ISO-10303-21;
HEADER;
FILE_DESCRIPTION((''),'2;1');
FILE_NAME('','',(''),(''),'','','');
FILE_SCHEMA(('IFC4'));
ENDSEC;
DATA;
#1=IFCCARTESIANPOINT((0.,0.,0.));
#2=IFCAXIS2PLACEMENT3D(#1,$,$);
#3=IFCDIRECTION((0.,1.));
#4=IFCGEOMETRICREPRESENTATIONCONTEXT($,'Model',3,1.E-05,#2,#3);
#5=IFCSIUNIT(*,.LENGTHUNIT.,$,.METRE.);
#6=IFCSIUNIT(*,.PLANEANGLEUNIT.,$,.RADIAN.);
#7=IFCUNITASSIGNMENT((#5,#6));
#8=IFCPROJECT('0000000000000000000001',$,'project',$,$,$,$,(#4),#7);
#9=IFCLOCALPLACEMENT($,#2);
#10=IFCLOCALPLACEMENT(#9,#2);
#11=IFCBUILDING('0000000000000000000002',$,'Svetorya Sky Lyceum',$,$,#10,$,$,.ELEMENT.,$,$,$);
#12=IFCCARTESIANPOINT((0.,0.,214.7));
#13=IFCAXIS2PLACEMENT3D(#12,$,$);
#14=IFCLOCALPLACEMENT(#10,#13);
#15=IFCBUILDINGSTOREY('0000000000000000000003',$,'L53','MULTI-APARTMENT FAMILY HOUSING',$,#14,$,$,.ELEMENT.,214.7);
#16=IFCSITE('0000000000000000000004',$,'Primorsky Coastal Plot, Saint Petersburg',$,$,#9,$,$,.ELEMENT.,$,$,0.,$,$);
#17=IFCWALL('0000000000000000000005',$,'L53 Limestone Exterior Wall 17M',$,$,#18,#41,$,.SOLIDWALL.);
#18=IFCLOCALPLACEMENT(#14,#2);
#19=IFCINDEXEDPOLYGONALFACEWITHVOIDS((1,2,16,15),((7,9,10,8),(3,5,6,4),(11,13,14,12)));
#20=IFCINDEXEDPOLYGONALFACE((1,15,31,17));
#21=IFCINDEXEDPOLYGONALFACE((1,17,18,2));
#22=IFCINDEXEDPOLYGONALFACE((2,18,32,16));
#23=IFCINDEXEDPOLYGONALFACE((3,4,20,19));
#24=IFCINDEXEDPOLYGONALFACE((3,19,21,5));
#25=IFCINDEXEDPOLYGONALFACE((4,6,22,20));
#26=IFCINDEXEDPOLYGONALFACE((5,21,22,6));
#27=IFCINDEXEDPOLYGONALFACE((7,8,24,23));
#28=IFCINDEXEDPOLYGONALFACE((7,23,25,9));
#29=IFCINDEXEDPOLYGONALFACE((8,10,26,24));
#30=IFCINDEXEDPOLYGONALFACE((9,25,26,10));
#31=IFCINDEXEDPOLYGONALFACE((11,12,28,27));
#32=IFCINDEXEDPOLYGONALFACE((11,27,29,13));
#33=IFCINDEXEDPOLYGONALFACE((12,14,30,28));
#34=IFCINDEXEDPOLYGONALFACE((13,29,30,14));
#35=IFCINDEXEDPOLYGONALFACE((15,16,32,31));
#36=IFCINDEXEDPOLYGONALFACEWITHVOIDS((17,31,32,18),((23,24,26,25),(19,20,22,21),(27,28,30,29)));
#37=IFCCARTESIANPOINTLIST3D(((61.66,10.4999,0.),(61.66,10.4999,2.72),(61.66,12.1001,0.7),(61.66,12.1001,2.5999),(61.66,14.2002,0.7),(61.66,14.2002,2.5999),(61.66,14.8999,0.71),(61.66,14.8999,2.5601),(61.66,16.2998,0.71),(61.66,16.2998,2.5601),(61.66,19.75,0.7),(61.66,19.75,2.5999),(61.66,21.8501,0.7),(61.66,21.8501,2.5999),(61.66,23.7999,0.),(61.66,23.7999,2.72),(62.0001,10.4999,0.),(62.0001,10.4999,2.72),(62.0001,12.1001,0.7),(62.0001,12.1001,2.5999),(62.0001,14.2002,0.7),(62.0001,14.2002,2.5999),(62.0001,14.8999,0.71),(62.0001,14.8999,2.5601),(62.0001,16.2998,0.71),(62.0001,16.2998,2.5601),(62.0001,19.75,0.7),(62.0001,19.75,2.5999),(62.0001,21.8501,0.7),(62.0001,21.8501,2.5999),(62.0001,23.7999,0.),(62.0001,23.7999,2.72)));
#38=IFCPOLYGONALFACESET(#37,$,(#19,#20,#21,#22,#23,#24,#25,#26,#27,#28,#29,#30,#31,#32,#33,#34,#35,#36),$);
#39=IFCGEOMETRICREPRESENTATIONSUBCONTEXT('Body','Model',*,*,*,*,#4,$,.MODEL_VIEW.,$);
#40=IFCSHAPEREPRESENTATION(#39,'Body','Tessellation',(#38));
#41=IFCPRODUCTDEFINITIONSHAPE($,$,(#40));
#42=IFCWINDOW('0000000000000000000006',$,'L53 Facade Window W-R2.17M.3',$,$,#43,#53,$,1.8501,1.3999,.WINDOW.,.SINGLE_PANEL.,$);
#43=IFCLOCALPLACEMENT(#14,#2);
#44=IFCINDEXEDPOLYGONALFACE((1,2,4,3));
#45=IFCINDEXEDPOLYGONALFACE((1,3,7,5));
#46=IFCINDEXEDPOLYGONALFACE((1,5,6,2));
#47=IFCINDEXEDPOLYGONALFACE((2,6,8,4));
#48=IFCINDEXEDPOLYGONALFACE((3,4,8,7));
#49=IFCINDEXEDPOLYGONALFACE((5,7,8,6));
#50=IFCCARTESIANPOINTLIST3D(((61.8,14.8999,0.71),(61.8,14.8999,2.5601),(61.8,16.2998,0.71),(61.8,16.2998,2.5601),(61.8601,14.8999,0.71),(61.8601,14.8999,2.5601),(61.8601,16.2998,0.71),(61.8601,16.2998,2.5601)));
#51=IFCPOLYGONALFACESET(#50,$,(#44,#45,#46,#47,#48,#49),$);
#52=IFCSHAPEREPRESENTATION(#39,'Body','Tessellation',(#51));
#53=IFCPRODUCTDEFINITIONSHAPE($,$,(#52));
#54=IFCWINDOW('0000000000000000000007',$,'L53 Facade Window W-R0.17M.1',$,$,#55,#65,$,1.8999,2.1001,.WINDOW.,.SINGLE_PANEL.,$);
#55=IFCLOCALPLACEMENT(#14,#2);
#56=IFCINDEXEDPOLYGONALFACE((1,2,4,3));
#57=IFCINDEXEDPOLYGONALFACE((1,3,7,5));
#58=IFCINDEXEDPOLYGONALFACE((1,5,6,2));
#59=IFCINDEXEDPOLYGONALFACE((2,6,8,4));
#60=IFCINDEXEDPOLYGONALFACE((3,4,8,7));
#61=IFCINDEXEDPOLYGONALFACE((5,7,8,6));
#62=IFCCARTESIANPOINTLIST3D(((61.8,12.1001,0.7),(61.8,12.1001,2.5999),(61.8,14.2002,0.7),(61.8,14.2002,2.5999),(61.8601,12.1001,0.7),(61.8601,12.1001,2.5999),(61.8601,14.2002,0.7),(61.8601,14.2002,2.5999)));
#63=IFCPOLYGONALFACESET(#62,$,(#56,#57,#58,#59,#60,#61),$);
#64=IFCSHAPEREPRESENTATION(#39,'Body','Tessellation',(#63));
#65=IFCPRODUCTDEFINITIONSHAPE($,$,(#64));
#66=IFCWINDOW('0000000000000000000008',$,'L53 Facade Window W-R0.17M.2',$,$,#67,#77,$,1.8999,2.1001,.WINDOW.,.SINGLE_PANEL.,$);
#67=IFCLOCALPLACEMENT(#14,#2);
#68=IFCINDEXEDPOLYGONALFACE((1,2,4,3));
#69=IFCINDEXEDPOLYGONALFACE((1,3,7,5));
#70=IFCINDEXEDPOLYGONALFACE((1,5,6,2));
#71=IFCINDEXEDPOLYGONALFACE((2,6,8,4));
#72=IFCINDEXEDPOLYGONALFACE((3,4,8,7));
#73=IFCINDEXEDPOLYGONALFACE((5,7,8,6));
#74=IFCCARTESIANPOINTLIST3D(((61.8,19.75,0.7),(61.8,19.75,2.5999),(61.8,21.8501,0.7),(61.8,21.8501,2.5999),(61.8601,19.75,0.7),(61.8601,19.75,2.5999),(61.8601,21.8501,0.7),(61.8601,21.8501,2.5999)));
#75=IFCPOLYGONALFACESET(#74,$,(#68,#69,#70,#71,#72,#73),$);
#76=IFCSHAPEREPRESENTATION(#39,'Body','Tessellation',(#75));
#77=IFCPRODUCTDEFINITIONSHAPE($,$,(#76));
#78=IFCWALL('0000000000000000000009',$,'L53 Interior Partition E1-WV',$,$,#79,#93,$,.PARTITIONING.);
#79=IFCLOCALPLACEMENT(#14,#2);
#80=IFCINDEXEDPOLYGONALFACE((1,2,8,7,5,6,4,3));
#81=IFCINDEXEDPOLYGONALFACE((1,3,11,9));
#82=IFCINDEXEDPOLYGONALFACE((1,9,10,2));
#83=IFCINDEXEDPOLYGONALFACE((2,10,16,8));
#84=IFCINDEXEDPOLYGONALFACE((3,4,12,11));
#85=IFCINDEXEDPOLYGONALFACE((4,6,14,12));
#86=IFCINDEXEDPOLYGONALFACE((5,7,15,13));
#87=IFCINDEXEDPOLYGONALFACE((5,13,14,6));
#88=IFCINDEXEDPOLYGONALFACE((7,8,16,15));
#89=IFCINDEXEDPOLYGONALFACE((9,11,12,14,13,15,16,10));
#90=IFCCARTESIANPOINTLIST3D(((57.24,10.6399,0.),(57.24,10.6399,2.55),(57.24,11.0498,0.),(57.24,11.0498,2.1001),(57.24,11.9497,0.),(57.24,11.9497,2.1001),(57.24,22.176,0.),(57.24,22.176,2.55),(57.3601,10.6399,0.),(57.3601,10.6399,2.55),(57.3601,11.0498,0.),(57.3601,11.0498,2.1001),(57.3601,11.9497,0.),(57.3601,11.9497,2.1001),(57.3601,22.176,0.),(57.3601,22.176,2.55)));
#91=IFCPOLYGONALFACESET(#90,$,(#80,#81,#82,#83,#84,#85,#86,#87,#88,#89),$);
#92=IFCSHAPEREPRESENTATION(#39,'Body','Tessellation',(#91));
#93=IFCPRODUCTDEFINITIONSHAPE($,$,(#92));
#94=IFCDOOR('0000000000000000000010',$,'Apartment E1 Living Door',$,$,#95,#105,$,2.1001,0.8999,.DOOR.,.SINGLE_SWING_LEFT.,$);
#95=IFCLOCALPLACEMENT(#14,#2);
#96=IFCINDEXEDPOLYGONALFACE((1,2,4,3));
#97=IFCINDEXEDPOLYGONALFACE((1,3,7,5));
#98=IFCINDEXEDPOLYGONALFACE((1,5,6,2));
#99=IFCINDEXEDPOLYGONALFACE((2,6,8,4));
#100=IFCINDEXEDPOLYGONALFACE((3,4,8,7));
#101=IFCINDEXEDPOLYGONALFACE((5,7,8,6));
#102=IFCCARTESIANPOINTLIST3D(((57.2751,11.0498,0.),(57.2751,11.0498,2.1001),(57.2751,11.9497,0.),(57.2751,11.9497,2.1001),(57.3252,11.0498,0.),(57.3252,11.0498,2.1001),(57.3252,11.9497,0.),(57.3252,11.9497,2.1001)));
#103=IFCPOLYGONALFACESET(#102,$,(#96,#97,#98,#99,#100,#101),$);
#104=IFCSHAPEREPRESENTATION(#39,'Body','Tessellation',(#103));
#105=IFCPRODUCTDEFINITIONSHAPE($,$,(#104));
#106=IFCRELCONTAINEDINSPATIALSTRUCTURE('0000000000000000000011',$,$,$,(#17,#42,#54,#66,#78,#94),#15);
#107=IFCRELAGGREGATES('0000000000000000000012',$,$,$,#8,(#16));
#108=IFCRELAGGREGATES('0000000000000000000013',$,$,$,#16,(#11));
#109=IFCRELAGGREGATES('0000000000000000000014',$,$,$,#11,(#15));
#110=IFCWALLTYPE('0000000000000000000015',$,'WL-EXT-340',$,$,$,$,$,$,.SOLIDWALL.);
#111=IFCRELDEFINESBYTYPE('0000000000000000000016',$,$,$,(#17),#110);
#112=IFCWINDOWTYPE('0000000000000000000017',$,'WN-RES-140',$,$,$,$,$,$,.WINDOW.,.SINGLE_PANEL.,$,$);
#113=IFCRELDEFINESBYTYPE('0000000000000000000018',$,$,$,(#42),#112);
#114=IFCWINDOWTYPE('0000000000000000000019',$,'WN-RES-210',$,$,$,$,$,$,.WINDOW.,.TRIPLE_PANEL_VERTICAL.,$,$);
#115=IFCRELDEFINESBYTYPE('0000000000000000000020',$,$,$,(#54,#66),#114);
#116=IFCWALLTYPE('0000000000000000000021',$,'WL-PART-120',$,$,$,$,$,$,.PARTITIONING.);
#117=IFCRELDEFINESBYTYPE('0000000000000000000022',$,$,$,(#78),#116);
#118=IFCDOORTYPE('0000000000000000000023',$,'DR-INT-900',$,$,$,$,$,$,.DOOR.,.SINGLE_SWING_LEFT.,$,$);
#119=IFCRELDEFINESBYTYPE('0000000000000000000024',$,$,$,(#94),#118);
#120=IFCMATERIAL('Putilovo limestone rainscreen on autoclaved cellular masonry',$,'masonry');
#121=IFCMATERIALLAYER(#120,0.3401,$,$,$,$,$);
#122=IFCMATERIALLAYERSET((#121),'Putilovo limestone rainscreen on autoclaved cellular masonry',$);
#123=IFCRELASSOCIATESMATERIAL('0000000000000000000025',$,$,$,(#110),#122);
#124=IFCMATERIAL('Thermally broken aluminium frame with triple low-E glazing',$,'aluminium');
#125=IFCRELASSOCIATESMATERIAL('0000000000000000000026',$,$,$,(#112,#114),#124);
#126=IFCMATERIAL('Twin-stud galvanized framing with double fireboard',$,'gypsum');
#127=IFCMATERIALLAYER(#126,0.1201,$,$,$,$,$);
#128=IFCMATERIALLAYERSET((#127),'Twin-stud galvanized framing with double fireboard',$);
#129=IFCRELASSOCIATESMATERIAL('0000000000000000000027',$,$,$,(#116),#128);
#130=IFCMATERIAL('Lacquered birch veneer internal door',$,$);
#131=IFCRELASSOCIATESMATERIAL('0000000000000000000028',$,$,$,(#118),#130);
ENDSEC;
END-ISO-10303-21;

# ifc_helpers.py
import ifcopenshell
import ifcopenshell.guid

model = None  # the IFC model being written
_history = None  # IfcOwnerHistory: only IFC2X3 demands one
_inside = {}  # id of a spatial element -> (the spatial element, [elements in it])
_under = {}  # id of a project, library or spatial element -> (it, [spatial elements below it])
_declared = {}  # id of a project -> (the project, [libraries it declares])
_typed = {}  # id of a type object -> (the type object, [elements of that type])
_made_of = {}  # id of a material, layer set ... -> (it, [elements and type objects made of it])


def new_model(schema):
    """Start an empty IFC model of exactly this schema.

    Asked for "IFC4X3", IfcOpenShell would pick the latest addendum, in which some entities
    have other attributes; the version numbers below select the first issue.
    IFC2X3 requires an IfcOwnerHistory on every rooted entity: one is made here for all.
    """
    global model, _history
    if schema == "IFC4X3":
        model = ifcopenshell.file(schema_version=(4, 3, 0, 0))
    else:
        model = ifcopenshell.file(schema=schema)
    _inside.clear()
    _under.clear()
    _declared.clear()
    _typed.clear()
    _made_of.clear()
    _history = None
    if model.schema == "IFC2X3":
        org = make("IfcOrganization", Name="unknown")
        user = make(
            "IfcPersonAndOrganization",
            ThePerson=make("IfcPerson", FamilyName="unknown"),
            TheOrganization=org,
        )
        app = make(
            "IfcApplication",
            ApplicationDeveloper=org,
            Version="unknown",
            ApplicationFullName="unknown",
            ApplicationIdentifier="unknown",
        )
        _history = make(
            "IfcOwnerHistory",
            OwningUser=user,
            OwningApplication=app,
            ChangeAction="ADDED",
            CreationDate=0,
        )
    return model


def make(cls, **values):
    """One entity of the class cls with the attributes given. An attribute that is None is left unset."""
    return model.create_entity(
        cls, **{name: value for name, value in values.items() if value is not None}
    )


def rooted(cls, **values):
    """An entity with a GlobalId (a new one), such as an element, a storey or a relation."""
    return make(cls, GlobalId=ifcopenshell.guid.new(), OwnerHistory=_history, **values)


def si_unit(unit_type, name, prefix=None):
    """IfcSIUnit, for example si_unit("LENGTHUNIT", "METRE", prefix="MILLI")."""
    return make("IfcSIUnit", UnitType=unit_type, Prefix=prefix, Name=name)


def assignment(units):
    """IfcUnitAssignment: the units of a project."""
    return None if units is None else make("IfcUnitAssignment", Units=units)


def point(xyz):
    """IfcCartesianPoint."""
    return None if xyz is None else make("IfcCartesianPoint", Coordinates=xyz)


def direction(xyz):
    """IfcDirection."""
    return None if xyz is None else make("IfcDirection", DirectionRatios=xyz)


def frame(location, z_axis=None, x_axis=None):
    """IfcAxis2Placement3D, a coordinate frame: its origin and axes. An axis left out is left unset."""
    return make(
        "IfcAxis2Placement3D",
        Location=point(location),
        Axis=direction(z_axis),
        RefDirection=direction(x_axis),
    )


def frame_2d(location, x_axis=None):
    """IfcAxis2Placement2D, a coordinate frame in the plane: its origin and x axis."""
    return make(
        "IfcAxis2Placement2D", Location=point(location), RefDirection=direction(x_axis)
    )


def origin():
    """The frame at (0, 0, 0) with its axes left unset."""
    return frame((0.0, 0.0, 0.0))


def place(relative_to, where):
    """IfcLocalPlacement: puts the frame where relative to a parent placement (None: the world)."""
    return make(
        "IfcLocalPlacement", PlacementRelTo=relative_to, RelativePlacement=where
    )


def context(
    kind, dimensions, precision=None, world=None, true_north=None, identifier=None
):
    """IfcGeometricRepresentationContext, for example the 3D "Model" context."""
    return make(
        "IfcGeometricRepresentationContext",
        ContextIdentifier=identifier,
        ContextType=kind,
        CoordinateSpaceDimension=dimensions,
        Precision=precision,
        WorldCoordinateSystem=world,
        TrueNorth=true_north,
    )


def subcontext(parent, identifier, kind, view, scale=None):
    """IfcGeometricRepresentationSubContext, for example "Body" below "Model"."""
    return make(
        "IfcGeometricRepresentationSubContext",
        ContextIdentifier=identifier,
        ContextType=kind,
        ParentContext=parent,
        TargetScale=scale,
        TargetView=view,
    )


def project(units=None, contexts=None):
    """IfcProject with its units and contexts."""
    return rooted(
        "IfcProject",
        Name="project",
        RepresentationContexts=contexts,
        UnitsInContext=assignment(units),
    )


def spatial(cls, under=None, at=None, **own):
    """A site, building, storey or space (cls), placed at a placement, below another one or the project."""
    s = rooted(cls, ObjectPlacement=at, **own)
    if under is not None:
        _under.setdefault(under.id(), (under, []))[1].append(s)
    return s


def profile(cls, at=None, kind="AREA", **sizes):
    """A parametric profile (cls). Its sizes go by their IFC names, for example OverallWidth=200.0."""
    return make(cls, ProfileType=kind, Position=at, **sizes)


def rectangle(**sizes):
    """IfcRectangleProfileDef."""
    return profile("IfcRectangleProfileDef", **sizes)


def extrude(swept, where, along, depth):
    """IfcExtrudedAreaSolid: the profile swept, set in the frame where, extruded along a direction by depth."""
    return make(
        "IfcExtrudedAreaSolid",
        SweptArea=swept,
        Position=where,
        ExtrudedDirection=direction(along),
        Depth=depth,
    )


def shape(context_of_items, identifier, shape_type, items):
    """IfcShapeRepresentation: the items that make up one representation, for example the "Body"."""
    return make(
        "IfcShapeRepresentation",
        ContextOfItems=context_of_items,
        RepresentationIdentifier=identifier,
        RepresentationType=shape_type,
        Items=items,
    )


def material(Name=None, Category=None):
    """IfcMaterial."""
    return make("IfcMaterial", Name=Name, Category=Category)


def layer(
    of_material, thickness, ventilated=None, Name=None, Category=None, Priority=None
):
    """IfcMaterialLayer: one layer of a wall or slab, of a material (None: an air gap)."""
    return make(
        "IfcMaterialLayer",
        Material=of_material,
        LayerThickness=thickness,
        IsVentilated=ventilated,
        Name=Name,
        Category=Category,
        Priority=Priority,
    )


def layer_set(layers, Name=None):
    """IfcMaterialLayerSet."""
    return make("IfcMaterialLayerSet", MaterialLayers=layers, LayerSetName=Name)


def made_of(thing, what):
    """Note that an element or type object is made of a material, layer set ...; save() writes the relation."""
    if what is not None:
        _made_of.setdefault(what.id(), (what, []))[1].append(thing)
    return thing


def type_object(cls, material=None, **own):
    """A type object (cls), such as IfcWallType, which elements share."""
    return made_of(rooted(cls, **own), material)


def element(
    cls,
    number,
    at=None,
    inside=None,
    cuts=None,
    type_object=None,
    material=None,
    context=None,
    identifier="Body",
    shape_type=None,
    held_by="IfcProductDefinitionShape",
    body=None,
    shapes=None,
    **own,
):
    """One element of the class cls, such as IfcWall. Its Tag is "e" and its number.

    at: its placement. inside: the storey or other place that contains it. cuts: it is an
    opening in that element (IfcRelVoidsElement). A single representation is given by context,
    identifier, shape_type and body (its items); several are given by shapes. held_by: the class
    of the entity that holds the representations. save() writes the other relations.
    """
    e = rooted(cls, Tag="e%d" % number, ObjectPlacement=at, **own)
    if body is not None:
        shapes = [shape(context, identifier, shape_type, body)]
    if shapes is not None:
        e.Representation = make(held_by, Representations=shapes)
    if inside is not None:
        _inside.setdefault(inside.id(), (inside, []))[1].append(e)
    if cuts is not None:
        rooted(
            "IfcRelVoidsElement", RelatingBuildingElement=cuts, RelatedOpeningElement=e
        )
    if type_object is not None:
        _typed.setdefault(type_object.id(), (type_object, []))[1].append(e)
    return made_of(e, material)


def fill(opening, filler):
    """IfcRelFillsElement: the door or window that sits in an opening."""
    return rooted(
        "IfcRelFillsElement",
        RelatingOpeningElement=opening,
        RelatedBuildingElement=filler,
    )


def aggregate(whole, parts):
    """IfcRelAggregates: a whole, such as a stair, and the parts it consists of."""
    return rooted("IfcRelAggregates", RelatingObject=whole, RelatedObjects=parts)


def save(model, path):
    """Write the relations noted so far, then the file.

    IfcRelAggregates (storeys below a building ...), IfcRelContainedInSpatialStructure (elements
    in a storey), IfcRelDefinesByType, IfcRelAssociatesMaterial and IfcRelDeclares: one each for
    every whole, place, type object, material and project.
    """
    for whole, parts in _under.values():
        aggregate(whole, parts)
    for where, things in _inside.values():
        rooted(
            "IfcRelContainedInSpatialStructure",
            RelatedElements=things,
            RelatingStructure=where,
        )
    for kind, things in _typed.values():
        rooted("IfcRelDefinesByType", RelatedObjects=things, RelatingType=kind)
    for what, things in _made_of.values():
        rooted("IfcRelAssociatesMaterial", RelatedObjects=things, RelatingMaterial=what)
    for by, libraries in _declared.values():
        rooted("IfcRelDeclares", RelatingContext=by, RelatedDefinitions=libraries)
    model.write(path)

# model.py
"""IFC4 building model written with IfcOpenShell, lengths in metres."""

from ifc_helpers import new_model, si_unit, direction, frame, frame_2d, origin, place, context, subcontext, project, spatial, rectangle, extrude, material, layer, layer_set, type_object, element, fill, save


model = new_model("IFC4")

# Units and contexts
model_context = context("Model", 3, precision=1e-05, world=origin(), true_north=direction((0.0, 1.0)))
body_context = subcontext(model_context, "Body", "Model", "MODEL_VIEW")
ifc_project = project(units=[si_unit("LENGTHUNIT", "METRE"), si_unit("PLANEANGLEUNIT", "RADIAN")], contexts=[model_context])

# Site, building, storey
site_placement = place(None, origin())
site = spatial("IfcSite", under=ifc_project, at=site_placement, Name="Primorsky Coastal Plot, Saint Petersburg", CompositionType="ELEMENT", RefElevation=0.0)
building_placement = place(site_placement, origin())
building = spatial("IfcBuilding", under=site, at=building_placement, Name="Svetorya Sky Lyceum", CompositionType="ELEMENT")
storey_placement = place(building_placement, frame((0.0, 0.0, 214.7)))
storey = spatial("IfcBuildingStorey", under=building, at=storey_placement, Name="L53", Description="MULTI-APARTMENT FAMILY HOUSING", CompositionType="ELEMENT", Elevation=214.7)

# Shared definitions
ifc_material_1 = material(Name="Putilovo limestone rainscreen on autoclaved cellular masonry", Category="masonry")
ifc_layer_1 = layer(ifc_material_1, 0.3401)
ifc_layer_set_1 = layer_set([ifc_layer_1], Name="Putilovo limestone rainscreen on autoclaved cellular masonry")
wall_type_1 = type_object("IfcWallType", Name="WL-EXT-340", PredefinedType="SOLIDWALL", material=ifc_layer_set_1)

# Wall, openings, windows
wall_1_placement = place(storey_placement, frame((61.8301, 10.5, 0.0), z_axis=(0.0, 0.0, 1.0), x_axis=(0.0, 1.0, 0.0)))
wall_1 = element("IfcWall", 1, at=wall_1_placement, inside=storey, type_object=wall_type_1, Name="L53 Limestone Exterior Wall 17M", PredefinedType="SOLIDWALL", context=body_context, shape_type="SweptSolid", body=[
    extrude(rectangle(XDim=13.3, YDim=0.3401, at=frame_2d((6.6499, 0.0))), origin(), (0.0, 0.0, 1.0), 2.72),
])
opening_1_placement = place(wall_1_placement, frame((1.6001, 0.0, 0.7)))
opening_1 = element("IfcOpeningElement", 2, at=opening_1_placement, cuts=wall_1, PredefinedType="OPENING", context=body_context, shape_type="SweptSolid", body=[
    extrude(rectangle(XDim=2.1001, YDim=1.8999, at=frame_2d((1.05, 0.95))), frame((0.0, 0.1799, 0.0), z_axis=(0.0, -1.0, 0.0), x_axis=(1.0, 0.0, 0.0)), (0.0, 0.0, 1.0), 0.3601),
])
opening_2_placement = place(wall_1_placement, frame((4.3999, 0.0, 0.71)))
opening_2 = element("IfcOpeningElement", 3, at=opening_2_placement, cuts=wall_1, PredefinedType="OPENING", context=body_context, shape_type="SweptSolid", body=[
    extrude(rectangle(XDim=1.3999, YDim=1.8501, at=frame_2d((0.7, 0.925))), frame((0.0, 0.1799, 0.0), z_axis=(0.0, -1.0, 0.0), x_axis=(1.0, 0.0, 0.0)), (0.0, 0.0, 1.0), 0.3601),
])
opening_3_placement = place(wall_1_placement, frame((9.25, 0.0, 0.7)))
opening_3 = element("IfcOpeningElement", 4, at=opening_3_placement, cuts=wall_1, PredefinedType="OPENING", context=body_context, shape_type="SweptSolid", body=[
    extrude(rectangle(XDim=2.1001, YDim=1.8999, at=frame_2d((1.05, 0.95))), frame((0.0, 0.1799, 0.0), z_axis=(0.0, -1.0, 0.0), x_axis=(1.0, 0.0, 0.0)), (0.0, 0.0, 1.0), 0.3601),
])
ifc_material_2 = material(Name="Thermally broken aluminium frame with triple low-E glazing", Category="aluminium")
window_type_1 = type_object("IfcWindowType", Name="WN-RES-140", PartitioningType="SINGLE_PANEL", PredefinedType="WINDOW", material=ifc_material_2)
window_1_placement = place(opening_2_placement, origin())
window_1 = element("IfcWindow", 5, at=window_1_placement, inside=storey, type_object=window_type_1, Name="L53 Facade Window W-R2.17M.3", OverallHeight=1.8501, OverallWidth=1.3999, PartitioningType="SINGLE_PANEL", PredefinedType="WINDOW", context=body_context, shape_type="SweptSolid", body=[
    extrude(rectangle(XDim=1.3999, YDim=1.8501, at=frame_2d((0.7, 0.925))), frame((0.0, 0.03, 0.0), z_axis=(0.0, -1.0, 0.0), x_axis=(1.0, 0.0, 0.0)), (0.0, 0.0, 1.0), 0.0601),
])
fill(opening_2, window_1)
window_type_2 = type_object("IfcWindowType", Name="WN-RES-210", PartitioningType="TRIPLE_PANEL_VERTICAL", PredefinedType="WINDOW", material=ifc_material_2)
window_2_placement = place(opening_1_placement, origin())
window_2 = element("IfcWindow", 6, at=window_2_placement, inside=storey, type_object=window_type_2, Name="L53 Facade Window W-R0.17M.1", OverallHeight=1.8999, OverallWidth=2.1001, PartitioningType="SINGLE_PANEL", PredefinedType="WINDOW", context=body_context, shape_type="SweptSolid", body=[
    extrude(rectangle(XDim=2.1001, YDim=1.8999, at=frame_2d((1.05, 0.95))), frame((0.0, 0.03, 0.0), z_axis=(0.0, -1.0, 0.0), x_axis=(1.0, 0.0, 0.0)), (0.0, 0.0, 1.0), 0.0601),
])
fill(opening_1, window_2)
window_3_placement = place(opening_3_placement, origin())
window_3 = element("IfcWindow", 7, at=window_3_placement, inside=storey, type_object=window_type_2, Name="L53 Facade Window W-R0.17M.2", OverallHeight=1.8999, OverallWidth=2.1001, PartitioningType="SINGLE_PANEL", PredefinedType="WINDOW", context=body_context, shape_type="SweptSolid", body=[
    extrude(rectangle(XDim=2.1001, YDim=1.8999, at=frame_2d((1.05, 0.95))), frame((0.0, 0.03, 0.0), z_axis=(0.0, -1.0, 0.0), x_axis=(1.0, 0.0, 0.0)), (0.0, 0.0, 1.0), 0.0601),
])
fill(opening_3, window_3)

# Wall, opening, door
ifc_material_3 = material(Name="Twin-stud galvanized framing with double fireboard", Category="gypsum")
ifc_layer_2 = layer(ifc_material_3, 0.1201)
ifc_layer_set_2 = layer_set([ifc_layer_2], Name="Twin-stud galvanized framing with double fireboard")
wall_type_2 = type_object("IfcWallType", Name="WL-PART-120", PredefinedType="PARTITIONING", material=ifc_layer_set_2)
wall_2_placement = place(storey_placement, frame((57.3, 10.6399, 0.0), z_axis=(0.0, 0.0, 1.0), x_axis=(0.0, 1.0, 0.0)))
wall_2 = element("IfcWall", 8, at=wall_2_placement, inside=storey, type_object=wall_type_2, Name="L53 Interior Partition E1-WV", PredefinedType="PARTITIONING", context=body_context, shape_type="SweptSolid", body=[
    extrude(rectangle(XDim=11.5361, YDim=0.1201, at=frame_2d((5.7681, 0.0))), origin(), (0.0, 0.0, 1.0), 2.55),
])
opening_4_placement = place(wall_2_placement, frame((0.4099, 0.0, 0.0)))
opening_4 = element("IfcOpeningElement", 9, at=opening_4_placement, cuts=wall_2, PredefinedType="OPENING", context=body_context, shape_type="SweptSolid", body=[
    extrude(rectangle(XDim=0.8999, YDim=2.1001, at=frame_2d((0.45, 1.05))), frame((0.0, 0.0701, 0.0), z_axis=(0.0, -1.0, 0.0), x_axis=(1.0, 0.0, 0.0)), (0.0, 0.0, 1.0), 0.1401),
])
ifc_material_4 = material(Name="Lacquered birch veneer internal door")
door_type_1 = type_object("IfcDoorType", Name="DR-INT-900", OperationType="SINGLE_SWING_LEFT", PredefinedType="DOOR", material=ifc_material_4)
door_1_placement = place(opening_4_placement, origin())
door_1 = element("IfcDoor", 10, at=door_1_placement, inside=storey, type_object=door_type_1, Name="Apartment E1 Living Door", OperationType="SINGLE_SWING_LEFT", OverallHeight=2.1001, OverallWidth=0.8999, PredefinedType="DOOR", context=body_context, shape_type="SweptSolid", body=[
    extrude(rectangle(XDim=0.8999, YDim=2.1001, at=frame_2d((0.45, 1.05))), frame((0.0, 0.0249, 0.0), z_axis=(0.0, -1.0, 0.0), x_axis=(1.0, 0.0, 0.0)), (0.0, 0.0, 1.0), 0.05),
])
fill(opening_4, door_1)

save(model, "model.ifc")
